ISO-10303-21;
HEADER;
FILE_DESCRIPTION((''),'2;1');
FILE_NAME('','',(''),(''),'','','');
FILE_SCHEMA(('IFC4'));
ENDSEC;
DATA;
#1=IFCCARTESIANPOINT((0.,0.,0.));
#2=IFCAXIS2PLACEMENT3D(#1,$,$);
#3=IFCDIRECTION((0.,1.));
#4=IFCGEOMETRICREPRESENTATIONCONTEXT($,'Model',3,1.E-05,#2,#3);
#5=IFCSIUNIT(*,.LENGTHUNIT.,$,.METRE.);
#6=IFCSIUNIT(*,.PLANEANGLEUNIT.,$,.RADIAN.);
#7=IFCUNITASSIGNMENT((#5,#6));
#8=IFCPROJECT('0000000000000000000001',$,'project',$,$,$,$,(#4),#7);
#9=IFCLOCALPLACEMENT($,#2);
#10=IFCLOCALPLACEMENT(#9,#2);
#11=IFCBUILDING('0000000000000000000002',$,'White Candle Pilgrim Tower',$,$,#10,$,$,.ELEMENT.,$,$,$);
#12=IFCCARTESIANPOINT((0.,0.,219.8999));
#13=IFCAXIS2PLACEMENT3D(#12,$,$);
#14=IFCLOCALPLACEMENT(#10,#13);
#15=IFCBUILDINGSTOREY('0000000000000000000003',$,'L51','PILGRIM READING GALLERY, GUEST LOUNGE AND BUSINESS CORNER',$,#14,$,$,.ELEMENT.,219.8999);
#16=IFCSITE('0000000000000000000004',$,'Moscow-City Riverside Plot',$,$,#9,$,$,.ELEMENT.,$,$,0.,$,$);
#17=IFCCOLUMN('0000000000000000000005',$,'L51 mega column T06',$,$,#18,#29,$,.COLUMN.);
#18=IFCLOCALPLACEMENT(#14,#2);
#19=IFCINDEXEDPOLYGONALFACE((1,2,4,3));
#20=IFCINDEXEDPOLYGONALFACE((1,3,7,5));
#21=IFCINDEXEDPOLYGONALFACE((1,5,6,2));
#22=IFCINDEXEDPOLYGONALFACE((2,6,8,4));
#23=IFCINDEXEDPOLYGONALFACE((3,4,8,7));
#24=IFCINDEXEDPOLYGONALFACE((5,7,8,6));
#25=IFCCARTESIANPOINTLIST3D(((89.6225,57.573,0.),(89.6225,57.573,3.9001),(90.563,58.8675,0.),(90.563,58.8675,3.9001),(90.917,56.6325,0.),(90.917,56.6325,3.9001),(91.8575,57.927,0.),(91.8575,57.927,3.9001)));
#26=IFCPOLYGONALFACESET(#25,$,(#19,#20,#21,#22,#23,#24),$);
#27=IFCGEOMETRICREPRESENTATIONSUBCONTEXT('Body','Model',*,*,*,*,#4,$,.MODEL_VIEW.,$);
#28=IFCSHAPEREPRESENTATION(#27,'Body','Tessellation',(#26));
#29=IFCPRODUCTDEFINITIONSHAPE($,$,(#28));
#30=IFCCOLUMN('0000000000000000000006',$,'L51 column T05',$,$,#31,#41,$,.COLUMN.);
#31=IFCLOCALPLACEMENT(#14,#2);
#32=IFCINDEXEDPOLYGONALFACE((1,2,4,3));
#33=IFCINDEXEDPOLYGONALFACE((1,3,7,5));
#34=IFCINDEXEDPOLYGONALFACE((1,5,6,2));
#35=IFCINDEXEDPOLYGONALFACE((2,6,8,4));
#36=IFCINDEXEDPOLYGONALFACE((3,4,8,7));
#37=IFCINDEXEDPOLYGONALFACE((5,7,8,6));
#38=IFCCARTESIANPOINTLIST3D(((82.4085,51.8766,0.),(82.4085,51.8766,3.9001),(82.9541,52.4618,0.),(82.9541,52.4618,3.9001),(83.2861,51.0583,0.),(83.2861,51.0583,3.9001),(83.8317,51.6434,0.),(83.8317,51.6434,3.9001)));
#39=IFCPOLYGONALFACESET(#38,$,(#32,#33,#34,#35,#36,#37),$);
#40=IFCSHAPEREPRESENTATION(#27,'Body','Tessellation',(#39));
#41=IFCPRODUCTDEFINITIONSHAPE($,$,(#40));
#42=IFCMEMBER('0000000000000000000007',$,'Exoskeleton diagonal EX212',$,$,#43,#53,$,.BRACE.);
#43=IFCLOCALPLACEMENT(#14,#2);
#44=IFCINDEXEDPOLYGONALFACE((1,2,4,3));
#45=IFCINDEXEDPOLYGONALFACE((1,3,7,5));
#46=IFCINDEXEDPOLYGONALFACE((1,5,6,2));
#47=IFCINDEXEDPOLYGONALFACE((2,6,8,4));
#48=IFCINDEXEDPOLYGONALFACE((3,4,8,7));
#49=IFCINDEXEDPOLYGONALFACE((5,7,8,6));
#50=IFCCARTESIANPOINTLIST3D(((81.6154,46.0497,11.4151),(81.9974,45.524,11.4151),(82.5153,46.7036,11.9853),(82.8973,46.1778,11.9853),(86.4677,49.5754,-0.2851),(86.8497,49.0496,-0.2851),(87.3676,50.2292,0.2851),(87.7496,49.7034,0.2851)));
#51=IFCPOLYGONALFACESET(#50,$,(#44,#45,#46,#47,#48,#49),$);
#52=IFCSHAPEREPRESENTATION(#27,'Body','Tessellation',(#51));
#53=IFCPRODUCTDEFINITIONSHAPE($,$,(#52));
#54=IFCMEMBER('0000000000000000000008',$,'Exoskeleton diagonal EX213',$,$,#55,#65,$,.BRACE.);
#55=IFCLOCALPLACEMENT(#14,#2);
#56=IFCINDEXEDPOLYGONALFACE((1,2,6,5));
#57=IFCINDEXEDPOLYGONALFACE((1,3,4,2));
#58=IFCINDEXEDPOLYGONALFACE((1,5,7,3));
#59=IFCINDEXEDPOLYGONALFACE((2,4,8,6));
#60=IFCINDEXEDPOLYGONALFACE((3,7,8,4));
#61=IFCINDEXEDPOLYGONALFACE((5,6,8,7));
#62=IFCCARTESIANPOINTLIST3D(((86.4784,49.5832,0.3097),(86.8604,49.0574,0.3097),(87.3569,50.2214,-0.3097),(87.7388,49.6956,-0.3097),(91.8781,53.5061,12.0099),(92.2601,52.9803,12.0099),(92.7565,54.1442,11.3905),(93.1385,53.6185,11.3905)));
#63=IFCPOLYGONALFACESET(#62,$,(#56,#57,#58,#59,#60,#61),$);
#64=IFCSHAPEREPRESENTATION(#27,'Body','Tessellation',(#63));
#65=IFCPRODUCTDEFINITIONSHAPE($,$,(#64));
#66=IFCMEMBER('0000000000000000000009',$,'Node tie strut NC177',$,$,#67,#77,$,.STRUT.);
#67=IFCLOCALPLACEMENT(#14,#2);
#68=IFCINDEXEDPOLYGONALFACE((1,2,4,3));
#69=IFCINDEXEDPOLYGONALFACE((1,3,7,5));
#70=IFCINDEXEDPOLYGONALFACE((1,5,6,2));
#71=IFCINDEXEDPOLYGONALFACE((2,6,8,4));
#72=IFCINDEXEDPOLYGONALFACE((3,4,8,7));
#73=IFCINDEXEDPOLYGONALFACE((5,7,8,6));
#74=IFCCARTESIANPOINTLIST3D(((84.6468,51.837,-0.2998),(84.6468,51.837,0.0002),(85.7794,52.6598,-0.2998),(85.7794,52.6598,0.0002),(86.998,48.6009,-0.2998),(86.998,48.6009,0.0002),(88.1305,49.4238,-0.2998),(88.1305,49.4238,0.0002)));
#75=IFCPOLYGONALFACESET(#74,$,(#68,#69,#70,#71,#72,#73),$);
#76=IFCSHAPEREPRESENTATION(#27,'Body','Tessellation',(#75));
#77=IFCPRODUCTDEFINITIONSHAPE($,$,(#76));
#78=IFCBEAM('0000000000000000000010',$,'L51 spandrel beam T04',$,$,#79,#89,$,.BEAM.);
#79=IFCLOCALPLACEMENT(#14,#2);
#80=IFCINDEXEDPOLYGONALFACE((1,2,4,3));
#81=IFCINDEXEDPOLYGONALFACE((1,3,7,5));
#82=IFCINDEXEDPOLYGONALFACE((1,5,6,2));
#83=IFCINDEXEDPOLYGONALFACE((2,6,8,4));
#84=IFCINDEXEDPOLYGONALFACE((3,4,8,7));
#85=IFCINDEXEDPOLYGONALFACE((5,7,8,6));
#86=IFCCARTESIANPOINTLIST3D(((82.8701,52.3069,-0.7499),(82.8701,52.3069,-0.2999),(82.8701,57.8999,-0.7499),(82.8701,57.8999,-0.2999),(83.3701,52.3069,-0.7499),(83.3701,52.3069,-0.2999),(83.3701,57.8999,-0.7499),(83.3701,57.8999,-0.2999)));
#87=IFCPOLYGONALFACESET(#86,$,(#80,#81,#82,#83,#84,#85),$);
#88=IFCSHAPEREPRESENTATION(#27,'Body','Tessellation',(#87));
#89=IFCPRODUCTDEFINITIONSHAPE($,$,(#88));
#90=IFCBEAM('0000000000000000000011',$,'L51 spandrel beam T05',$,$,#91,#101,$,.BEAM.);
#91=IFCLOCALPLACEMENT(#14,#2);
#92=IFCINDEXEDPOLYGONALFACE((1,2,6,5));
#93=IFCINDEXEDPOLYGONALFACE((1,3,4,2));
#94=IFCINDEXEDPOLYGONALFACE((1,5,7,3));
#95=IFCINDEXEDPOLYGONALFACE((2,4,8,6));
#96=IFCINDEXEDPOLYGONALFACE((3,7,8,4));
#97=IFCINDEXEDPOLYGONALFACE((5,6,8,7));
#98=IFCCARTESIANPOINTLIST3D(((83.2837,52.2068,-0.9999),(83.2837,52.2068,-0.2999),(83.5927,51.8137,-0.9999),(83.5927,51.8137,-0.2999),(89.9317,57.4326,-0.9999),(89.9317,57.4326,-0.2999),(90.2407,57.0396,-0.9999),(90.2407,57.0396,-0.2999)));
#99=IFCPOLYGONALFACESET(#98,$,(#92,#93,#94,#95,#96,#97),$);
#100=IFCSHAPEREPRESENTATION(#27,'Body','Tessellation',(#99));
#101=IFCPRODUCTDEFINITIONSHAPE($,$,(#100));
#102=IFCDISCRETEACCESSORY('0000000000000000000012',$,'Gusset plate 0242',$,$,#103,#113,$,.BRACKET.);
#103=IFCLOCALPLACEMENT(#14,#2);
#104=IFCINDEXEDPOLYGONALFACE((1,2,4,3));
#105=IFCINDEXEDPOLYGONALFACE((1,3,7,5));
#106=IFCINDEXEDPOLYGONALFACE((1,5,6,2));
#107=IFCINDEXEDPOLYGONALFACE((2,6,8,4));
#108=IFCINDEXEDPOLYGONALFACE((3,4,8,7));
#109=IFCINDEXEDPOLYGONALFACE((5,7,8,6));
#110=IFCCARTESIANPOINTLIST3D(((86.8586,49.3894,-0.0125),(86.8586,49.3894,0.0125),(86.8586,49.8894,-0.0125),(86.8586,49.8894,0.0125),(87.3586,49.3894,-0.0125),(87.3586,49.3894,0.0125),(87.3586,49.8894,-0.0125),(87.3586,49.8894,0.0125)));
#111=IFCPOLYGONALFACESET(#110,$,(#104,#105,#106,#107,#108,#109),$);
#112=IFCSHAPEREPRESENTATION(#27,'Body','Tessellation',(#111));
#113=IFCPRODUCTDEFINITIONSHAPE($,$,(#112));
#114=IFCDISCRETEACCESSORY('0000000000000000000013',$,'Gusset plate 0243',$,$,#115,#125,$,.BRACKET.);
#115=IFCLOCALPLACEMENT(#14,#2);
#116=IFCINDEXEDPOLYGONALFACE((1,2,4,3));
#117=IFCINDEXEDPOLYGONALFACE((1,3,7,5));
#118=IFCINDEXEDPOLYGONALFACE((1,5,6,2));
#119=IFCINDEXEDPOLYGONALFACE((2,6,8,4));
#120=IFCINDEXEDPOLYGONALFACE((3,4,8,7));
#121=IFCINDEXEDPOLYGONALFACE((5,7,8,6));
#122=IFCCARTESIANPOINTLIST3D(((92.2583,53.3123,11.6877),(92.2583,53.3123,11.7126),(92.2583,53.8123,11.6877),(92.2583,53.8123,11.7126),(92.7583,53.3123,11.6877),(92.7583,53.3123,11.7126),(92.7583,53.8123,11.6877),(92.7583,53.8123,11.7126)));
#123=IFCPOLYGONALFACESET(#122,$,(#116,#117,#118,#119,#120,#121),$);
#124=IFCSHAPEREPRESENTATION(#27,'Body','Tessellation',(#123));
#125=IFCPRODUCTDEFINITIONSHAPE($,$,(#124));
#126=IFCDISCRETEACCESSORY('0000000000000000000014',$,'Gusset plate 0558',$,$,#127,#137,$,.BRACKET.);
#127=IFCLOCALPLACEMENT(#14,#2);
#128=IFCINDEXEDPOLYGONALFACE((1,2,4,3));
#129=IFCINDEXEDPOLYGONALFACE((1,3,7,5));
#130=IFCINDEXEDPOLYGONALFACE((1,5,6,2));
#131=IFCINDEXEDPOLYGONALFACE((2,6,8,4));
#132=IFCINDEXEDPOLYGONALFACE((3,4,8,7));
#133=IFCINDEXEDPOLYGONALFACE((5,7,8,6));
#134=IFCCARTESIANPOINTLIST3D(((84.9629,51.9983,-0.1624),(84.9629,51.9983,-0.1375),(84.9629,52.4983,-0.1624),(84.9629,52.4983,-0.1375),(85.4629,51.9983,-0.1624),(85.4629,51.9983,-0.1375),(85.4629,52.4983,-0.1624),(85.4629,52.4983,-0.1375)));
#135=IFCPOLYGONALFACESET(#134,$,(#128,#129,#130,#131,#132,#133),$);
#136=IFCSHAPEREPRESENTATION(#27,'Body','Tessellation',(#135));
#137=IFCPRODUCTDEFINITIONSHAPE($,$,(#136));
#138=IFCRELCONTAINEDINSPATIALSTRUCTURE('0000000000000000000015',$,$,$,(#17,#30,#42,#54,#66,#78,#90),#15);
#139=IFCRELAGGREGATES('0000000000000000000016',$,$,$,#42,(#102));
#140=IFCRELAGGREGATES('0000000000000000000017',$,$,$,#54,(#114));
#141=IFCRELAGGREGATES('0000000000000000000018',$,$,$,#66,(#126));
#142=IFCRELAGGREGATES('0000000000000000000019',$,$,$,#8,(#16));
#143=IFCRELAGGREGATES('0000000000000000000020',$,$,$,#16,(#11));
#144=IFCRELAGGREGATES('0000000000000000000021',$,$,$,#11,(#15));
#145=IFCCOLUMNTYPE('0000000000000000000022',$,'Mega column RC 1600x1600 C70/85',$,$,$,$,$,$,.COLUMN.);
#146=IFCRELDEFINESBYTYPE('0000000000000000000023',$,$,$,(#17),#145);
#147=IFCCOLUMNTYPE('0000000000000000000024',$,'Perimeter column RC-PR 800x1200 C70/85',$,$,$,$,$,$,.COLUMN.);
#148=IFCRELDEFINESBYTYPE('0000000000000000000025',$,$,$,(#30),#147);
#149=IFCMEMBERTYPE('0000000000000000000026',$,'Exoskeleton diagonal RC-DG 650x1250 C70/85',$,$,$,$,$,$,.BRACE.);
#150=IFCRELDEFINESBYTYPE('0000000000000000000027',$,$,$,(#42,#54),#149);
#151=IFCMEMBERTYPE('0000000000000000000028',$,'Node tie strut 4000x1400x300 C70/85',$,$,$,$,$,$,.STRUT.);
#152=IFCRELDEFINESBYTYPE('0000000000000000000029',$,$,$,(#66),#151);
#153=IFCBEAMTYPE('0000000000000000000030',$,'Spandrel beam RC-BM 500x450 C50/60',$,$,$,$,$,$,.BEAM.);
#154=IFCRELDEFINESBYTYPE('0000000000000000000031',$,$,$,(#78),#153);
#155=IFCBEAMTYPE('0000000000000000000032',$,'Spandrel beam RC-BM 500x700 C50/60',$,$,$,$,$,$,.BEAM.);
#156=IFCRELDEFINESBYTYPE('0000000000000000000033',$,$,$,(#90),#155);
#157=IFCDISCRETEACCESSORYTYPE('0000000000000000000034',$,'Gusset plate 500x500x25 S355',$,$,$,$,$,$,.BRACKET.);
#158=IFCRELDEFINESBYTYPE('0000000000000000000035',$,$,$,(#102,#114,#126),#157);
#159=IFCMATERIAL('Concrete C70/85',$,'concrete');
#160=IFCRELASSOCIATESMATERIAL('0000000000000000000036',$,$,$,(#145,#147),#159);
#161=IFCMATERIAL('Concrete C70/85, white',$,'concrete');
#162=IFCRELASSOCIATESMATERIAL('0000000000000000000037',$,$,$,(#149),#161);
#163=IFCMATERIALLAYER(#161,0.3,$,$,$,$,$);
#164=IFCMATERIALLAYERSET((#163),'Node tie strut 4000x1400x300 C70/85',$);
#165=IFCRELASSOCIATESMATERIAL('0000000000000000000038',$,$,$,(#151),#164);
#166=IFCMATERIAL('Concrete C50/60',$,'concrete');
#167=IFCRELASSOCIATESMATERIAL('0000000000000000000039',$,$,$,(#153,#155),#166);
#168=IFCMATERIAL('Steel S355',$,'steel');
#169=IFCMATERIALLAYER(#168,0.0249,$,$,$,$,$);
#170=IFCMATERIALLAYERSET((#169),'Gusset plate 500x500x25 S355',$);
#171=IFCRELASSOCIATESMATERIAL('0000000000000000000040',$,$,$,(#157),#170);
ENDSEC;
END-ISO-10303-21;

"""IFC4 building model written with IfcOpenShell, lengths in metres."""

from ifc_helpers import new_model, si_unit, direction, frame, origin, origin_2d, place, context, subcontext, project, spatial, rectangle, extrude, material, layer, layer_set, material_profile, profile_set, type_object, element, aggregate, save


model = new_model("IFC4")

# Units and contexts
model_context = context("Model", 3, precision=1e-05, world=origin(), true_north=direction((0.0, 1.0)))
body_context = subcontext(model_context, "Body", "Model", "MODEL_VIEW")
ifc_project = project(units=[si_unit("LENGTHUNIT", "METRE"), si_unit("PLANEANGLEUNIT", "RADIAN")], contexts=[model_context])

# Site, building, storey
site_placement = place(None, origin())
site = spatial("IfcSite", under=ifc_project, at=site_placement, Name="Moscow-City Riverside Plot", CompositionType="ELEMENT", RefElevation=0.0)
building_placement = place(site_placement, origin())
building = spatial("IfcBuilding", under=site, at=building_placement, Name="White Candle Pilgrim Tower", CompositionType="ELEMENT")
storey_placement = place(building_placement, frame((0.0, 0.0, 219.8999)))
storey = spatial("IfcBuildingStorey", under=building, at=storey_placement, Name="L51", Description="PILGRIM READING GALLERY, GUEST LOUNGE AND BUSINESS CORNER", CompositionType="ELEMENT", Elevation=219.8999)

# Columns
ifc_material_1 = material(Name="Concrete C70/85", Category="concrete")
ifc_material_profile_1 = material_profile(ifc_material_1, rectangle(XDim=1.6001, YDim=1.6001, at=origin_2d()), Name="RC 1600x1600")
ifc_profile_set_1 = profile_set([ifc_material_profile_1], Name="Concrete C70/85")
column_type_1 = type_object("IfcColumnType", Name="Mega column RC 1600x1600 C70/85", PredefinedType="COLUMN", material=ifc_profile_set_1)
column_1_placement = place(storey_placement, frame((90.74, 57.75, 0.0), z_axis=(0.0, 0.0, 1.0), x_axis=(0.809017, -0.587785, 0.0)))
element("IfcColumn", 1, at=column_1_placement, inside=storey, type_object=column_type_1, Name="L51 mega column T06", PredefinedType="COLUMN", context=body_context, shape_type="SweptSolid", body=[
    extrude(rectangle(XDim=1.6001, YDim=1.6001, at=origin_2d()), origin(), (0.0, 0.0, 1.0), 3.9001),
])
ifc_material_profile_2 = material_profile(ifc_material_1, rectangle(XDim=0.8, YDim=1.2, at=origin_2d()), Name="RC-PR 800x1200")
ifc_profile_set_2 = profile_set([ifc_material_profile_2], Name="Concrete C70/85")
column_type_2 = type_object("IfcColumnType", Name="Perimeter column RC-PR 800x1200 C70/85", PredefinedType="COLUMN", material=ifc_profile_set_2)
column_2_placement = place(storey_placement, frame((83.1201, 51.76, 0.0), z_axis=(0.0, 0.0, 1.0), x_axis=(-0.681998, -0.731354, 0.0)))
element("IfcColumn", 2, at=column_2_placement, inside=storey, type_object=column_type_2, Name="L51 column T05", PredefinedType="COLUMN", context=body_context, shape_type="SweptSolid", body=[
    extrude(rectangle(XDim=0.8, YDim=1.2, at=origin_2d()), origin(), (0.0, 0.0, 1.0), 3.9001),
])

# Members
ifc_material_2 = material(Name="Concrete C70/85, white", Category="concrete")
ifc_material_profile_3 = material_profile(ifc_material_2, rectangle(XDim=0.6499, YDim=1.25, at=origin_2d()), Name="RC-DG 650x1250")
ifc_profile_set_3 = profile_set([ifc_material_profile_3], Name="Concrete C70/85, white")
member_type_1 = type_object("IfcMemberType", Name="Exoskeleton diagonal RC-DG 650x1250 C70/85", PredefinedType="BRACE", material=ifc_profile_set_3)
member_1_placement = place(storey_placement, frame((87.1086, 49.6394, 0.0), z_axis=(-0.369052, -0.26815, 0.889885), x_axis=(0.587811, -0.808998, 0.0)))
member_1 = element("IfcMember", 3, at=member_1_placement, inside=storey, type_object=member_type_1, Name="Exoskeleton diagonal EX212", PredefinedType="BRACE", context=body_context, shape_type="SweptSolid", body=[
    extrude(rectangle(XDim=0.6499, YDim=1.25, at=origin_2d()), origin(), (0.0, 0.0, 1.0), 13.1479),
])
member_2_placement = place(storey_placement, frame((87.1086, 49.6394, 0.0), z_axis=(0.400867, 0.29123, 0.868614), x_axis=(-0.587763, 0.809033, 0.0)))
member_2 = element("IfcMember", 4, at=member_2_placement, inside=storey, type_object=member_type_1, Name="Exoskeleton diagonal EX213", PredefinedType="BRACE", context=body_context, shape_type="SweptSolid", body=[
    extrude(rectangle(XDim=0.6499, YDim=1.25, at=origin_2d()), origin(), (0.0, 0.0, 1.0), 13.47),
])
ifc_layer_1 = layer(ifc_material_2, 0.3)
ifc_layer_set_1 = layer_set([ifc_layer_1], Name="Node tie strut 4000x1400x300 C70/85")
member_type_2 = type_object("IfcMemberType", Name="Node tie strut 4000x1400x300 C70/85", PredefinedType="STRUT", material=ifc_layer_set_1)
member_3_placement = place(storey_placement, frame((86.3887, 50.6304, -0.2998), z_axis=(0.0, 0.0, 1.0), x_axis=(0.809017, 0.587785, 0.0)))
member_3 = element("IfcMember", 5, at=member_3_placement, inside=storey, type_object=member_type_2, Name="Node tie strut NC177", PredefinedType="STRUT", context=body_context, shape_type="SweptSolid", body=[
    extrude(rectangle(XDim=1.3999, YDim=4.0, at=origin_2d()), origin(), (0.0, 0.0, 1.0), 0.3),
])

# Beams
ifc_material_3 = material(Name="Concrete C50/60", Category="concrete")
ifc_material_profile_4 = material_profile(ifc_material_3, rectangle(XDim=0.5, YDim=0.45, at=origin_2d()), Name="RC-BM 500x450")
ifc_profile_set_4 = profile_set([ifc_material_profile_4], Name="Concrete C50/60")
beam_type_1 = type_object("IfcBeamType", Name="Spandrel beam RC-BM 500x450 C50/60", PredefinedType="BEAM", material=ifc_profile_set_4)
beam_1_placement = place(storey_placement, frame((83.1201, 52.3069, -0.5249), z_axis=(0.0, 1.0, 0.0), x_axis=(-1.0, 0.0, 0.0)))
element("IfcBeam", 6, at=beam_1_placement, inside=storey, type_object=beam_type_1, Name="L51 spandrel beam T04", PredefinedType="BEAM", context=body_context, shape_type="SweptSolid", body=[
    extrude(rectangle(XDim=0.5, YDim=0.45, at=origin_2d()), origin(), (0.0, 0.0, 1.0), 5.593),
])
ifc_material_profile_5 = material_profile(ifc_material_3, rectangle(XDim=0.5, YDim=0.7, at=origin_2d()), Name="RC-BM 500x700")
ifc_profile_set_5 = profile_set([ifc_material_profile_5], Name="Concrete C50/60")
beam_type_2 = type_object("IfcBeamType", Name="Spandrel beam RC-BM 500x700 C50/60", PredefinedType="BEAM", material=ifc_profile_set_5)
beam_2_placement = place(storey_placement, frame((83.4382, 52.0103, -0.6499), z_axis=(0.786178, 0.618, 0.0), x_axis=(-0.618, 0.786178, 0.0)))
element("IfcBeam", 7, at=beam_2_placement, inside=storey, type_object=beam_type_2, Name="L51 spandrel beam T05", PredefinedType="BEAM", context=body_context, shape_type="SweptSolid", body=[
    extrude(rectangle(XDim=0.5, YDim=0.7, at=origin_2d()), origin(), (0.0, 0.0, 1.0), 8.4561),
])

# Discrete accessories
ifc_material_4 = material(Name="Steel S355", Category="steel")
ifc_layer_2 = layer(ifc_material_4, 0.0249)
ifc_layer_set_2 = layer_set([ifc_layer_2], Name="Gusset plate 500x500x25 S355")
discrete_accessory_type = type_object("IfcDiscreteAccessoryType", Name="Gusset plate 500x500x25 S355", PredefinedType="BRACKET", material=ifc_layer_set_2)
discrete_accessory_1_placement = place(storey_placement, frame((87.1086, 49.6394, -0.0125), z_axis=(0.0, 0.0, 1.0), x_axis=(1.0, 0.0, 0.0)))
discrete_accessory_1 = element("IfcDiscreteAccessory", 8, at=discrete_accessory_1_placement, type_object=discrete_accessory_type, Name="Gusset plate 0242", PredefinedType="BRACKET", context=body_context, shape_type="SweptSolid", body=[
    extrude(rectangle(XDim=0.5, YDim=0.5, at=origin_2d()), origin(), (0.0, 0.0, 1.0), 0.0249),
])
aggregate(member_1, [discrete_accessory_1])
placement = place(building_placement, frame((0.0, 0.0, 231.6001)))
discrete_accessory_2_placement = place(placement, frame((92.5083, 53.5623, -0.0125), z_axis=(0.0, 0.0, 1.0), x_axis=(1.0, 0.0, 0.0)))
discrete_accessory_2 = element("IfcDiscreteAccessory", 9, at=discrete_accessory_2_placement, type_object=discrete_accessory_type, Name="Gusset plate 0243", PredefinedType="BRACKET", context=body_context, shape_type="SweptSolid", body=[
    extrude(rectangle(XDim=0.5, YDim=0.5, at=origin_2d()), origin(), (0.0, 0.0, 1.0), 0.0249),
])
aggregate(member_2, [discrete_accessory_2])
discrete_accessory_3_placement = place(storey_placement, frame((85.2129, 52.2483, -0.1624), z_axis=(0.0, 0.0, 1.0), x_axis=(1.0, 0.0, 0.0)))
discrete_accessory_3 = element("IfcDiscreteAccessory", 10, at=discrete_accessory_3_placement, type_object=discrete_accessory_type, Name="Gusset plate 0558", PredefinedType="BRACKET", context=body_context, shape_type="SweptSolid", body=[
    extrude(rectangle(XDim=0.5, YDim=0.5, at=origin_2d()), origin(), (0.0, 0.0, 1.0), 0.0249),
])
aggregate(member_3, [discrete_accessory_3])

save(model, "model.ifc")
